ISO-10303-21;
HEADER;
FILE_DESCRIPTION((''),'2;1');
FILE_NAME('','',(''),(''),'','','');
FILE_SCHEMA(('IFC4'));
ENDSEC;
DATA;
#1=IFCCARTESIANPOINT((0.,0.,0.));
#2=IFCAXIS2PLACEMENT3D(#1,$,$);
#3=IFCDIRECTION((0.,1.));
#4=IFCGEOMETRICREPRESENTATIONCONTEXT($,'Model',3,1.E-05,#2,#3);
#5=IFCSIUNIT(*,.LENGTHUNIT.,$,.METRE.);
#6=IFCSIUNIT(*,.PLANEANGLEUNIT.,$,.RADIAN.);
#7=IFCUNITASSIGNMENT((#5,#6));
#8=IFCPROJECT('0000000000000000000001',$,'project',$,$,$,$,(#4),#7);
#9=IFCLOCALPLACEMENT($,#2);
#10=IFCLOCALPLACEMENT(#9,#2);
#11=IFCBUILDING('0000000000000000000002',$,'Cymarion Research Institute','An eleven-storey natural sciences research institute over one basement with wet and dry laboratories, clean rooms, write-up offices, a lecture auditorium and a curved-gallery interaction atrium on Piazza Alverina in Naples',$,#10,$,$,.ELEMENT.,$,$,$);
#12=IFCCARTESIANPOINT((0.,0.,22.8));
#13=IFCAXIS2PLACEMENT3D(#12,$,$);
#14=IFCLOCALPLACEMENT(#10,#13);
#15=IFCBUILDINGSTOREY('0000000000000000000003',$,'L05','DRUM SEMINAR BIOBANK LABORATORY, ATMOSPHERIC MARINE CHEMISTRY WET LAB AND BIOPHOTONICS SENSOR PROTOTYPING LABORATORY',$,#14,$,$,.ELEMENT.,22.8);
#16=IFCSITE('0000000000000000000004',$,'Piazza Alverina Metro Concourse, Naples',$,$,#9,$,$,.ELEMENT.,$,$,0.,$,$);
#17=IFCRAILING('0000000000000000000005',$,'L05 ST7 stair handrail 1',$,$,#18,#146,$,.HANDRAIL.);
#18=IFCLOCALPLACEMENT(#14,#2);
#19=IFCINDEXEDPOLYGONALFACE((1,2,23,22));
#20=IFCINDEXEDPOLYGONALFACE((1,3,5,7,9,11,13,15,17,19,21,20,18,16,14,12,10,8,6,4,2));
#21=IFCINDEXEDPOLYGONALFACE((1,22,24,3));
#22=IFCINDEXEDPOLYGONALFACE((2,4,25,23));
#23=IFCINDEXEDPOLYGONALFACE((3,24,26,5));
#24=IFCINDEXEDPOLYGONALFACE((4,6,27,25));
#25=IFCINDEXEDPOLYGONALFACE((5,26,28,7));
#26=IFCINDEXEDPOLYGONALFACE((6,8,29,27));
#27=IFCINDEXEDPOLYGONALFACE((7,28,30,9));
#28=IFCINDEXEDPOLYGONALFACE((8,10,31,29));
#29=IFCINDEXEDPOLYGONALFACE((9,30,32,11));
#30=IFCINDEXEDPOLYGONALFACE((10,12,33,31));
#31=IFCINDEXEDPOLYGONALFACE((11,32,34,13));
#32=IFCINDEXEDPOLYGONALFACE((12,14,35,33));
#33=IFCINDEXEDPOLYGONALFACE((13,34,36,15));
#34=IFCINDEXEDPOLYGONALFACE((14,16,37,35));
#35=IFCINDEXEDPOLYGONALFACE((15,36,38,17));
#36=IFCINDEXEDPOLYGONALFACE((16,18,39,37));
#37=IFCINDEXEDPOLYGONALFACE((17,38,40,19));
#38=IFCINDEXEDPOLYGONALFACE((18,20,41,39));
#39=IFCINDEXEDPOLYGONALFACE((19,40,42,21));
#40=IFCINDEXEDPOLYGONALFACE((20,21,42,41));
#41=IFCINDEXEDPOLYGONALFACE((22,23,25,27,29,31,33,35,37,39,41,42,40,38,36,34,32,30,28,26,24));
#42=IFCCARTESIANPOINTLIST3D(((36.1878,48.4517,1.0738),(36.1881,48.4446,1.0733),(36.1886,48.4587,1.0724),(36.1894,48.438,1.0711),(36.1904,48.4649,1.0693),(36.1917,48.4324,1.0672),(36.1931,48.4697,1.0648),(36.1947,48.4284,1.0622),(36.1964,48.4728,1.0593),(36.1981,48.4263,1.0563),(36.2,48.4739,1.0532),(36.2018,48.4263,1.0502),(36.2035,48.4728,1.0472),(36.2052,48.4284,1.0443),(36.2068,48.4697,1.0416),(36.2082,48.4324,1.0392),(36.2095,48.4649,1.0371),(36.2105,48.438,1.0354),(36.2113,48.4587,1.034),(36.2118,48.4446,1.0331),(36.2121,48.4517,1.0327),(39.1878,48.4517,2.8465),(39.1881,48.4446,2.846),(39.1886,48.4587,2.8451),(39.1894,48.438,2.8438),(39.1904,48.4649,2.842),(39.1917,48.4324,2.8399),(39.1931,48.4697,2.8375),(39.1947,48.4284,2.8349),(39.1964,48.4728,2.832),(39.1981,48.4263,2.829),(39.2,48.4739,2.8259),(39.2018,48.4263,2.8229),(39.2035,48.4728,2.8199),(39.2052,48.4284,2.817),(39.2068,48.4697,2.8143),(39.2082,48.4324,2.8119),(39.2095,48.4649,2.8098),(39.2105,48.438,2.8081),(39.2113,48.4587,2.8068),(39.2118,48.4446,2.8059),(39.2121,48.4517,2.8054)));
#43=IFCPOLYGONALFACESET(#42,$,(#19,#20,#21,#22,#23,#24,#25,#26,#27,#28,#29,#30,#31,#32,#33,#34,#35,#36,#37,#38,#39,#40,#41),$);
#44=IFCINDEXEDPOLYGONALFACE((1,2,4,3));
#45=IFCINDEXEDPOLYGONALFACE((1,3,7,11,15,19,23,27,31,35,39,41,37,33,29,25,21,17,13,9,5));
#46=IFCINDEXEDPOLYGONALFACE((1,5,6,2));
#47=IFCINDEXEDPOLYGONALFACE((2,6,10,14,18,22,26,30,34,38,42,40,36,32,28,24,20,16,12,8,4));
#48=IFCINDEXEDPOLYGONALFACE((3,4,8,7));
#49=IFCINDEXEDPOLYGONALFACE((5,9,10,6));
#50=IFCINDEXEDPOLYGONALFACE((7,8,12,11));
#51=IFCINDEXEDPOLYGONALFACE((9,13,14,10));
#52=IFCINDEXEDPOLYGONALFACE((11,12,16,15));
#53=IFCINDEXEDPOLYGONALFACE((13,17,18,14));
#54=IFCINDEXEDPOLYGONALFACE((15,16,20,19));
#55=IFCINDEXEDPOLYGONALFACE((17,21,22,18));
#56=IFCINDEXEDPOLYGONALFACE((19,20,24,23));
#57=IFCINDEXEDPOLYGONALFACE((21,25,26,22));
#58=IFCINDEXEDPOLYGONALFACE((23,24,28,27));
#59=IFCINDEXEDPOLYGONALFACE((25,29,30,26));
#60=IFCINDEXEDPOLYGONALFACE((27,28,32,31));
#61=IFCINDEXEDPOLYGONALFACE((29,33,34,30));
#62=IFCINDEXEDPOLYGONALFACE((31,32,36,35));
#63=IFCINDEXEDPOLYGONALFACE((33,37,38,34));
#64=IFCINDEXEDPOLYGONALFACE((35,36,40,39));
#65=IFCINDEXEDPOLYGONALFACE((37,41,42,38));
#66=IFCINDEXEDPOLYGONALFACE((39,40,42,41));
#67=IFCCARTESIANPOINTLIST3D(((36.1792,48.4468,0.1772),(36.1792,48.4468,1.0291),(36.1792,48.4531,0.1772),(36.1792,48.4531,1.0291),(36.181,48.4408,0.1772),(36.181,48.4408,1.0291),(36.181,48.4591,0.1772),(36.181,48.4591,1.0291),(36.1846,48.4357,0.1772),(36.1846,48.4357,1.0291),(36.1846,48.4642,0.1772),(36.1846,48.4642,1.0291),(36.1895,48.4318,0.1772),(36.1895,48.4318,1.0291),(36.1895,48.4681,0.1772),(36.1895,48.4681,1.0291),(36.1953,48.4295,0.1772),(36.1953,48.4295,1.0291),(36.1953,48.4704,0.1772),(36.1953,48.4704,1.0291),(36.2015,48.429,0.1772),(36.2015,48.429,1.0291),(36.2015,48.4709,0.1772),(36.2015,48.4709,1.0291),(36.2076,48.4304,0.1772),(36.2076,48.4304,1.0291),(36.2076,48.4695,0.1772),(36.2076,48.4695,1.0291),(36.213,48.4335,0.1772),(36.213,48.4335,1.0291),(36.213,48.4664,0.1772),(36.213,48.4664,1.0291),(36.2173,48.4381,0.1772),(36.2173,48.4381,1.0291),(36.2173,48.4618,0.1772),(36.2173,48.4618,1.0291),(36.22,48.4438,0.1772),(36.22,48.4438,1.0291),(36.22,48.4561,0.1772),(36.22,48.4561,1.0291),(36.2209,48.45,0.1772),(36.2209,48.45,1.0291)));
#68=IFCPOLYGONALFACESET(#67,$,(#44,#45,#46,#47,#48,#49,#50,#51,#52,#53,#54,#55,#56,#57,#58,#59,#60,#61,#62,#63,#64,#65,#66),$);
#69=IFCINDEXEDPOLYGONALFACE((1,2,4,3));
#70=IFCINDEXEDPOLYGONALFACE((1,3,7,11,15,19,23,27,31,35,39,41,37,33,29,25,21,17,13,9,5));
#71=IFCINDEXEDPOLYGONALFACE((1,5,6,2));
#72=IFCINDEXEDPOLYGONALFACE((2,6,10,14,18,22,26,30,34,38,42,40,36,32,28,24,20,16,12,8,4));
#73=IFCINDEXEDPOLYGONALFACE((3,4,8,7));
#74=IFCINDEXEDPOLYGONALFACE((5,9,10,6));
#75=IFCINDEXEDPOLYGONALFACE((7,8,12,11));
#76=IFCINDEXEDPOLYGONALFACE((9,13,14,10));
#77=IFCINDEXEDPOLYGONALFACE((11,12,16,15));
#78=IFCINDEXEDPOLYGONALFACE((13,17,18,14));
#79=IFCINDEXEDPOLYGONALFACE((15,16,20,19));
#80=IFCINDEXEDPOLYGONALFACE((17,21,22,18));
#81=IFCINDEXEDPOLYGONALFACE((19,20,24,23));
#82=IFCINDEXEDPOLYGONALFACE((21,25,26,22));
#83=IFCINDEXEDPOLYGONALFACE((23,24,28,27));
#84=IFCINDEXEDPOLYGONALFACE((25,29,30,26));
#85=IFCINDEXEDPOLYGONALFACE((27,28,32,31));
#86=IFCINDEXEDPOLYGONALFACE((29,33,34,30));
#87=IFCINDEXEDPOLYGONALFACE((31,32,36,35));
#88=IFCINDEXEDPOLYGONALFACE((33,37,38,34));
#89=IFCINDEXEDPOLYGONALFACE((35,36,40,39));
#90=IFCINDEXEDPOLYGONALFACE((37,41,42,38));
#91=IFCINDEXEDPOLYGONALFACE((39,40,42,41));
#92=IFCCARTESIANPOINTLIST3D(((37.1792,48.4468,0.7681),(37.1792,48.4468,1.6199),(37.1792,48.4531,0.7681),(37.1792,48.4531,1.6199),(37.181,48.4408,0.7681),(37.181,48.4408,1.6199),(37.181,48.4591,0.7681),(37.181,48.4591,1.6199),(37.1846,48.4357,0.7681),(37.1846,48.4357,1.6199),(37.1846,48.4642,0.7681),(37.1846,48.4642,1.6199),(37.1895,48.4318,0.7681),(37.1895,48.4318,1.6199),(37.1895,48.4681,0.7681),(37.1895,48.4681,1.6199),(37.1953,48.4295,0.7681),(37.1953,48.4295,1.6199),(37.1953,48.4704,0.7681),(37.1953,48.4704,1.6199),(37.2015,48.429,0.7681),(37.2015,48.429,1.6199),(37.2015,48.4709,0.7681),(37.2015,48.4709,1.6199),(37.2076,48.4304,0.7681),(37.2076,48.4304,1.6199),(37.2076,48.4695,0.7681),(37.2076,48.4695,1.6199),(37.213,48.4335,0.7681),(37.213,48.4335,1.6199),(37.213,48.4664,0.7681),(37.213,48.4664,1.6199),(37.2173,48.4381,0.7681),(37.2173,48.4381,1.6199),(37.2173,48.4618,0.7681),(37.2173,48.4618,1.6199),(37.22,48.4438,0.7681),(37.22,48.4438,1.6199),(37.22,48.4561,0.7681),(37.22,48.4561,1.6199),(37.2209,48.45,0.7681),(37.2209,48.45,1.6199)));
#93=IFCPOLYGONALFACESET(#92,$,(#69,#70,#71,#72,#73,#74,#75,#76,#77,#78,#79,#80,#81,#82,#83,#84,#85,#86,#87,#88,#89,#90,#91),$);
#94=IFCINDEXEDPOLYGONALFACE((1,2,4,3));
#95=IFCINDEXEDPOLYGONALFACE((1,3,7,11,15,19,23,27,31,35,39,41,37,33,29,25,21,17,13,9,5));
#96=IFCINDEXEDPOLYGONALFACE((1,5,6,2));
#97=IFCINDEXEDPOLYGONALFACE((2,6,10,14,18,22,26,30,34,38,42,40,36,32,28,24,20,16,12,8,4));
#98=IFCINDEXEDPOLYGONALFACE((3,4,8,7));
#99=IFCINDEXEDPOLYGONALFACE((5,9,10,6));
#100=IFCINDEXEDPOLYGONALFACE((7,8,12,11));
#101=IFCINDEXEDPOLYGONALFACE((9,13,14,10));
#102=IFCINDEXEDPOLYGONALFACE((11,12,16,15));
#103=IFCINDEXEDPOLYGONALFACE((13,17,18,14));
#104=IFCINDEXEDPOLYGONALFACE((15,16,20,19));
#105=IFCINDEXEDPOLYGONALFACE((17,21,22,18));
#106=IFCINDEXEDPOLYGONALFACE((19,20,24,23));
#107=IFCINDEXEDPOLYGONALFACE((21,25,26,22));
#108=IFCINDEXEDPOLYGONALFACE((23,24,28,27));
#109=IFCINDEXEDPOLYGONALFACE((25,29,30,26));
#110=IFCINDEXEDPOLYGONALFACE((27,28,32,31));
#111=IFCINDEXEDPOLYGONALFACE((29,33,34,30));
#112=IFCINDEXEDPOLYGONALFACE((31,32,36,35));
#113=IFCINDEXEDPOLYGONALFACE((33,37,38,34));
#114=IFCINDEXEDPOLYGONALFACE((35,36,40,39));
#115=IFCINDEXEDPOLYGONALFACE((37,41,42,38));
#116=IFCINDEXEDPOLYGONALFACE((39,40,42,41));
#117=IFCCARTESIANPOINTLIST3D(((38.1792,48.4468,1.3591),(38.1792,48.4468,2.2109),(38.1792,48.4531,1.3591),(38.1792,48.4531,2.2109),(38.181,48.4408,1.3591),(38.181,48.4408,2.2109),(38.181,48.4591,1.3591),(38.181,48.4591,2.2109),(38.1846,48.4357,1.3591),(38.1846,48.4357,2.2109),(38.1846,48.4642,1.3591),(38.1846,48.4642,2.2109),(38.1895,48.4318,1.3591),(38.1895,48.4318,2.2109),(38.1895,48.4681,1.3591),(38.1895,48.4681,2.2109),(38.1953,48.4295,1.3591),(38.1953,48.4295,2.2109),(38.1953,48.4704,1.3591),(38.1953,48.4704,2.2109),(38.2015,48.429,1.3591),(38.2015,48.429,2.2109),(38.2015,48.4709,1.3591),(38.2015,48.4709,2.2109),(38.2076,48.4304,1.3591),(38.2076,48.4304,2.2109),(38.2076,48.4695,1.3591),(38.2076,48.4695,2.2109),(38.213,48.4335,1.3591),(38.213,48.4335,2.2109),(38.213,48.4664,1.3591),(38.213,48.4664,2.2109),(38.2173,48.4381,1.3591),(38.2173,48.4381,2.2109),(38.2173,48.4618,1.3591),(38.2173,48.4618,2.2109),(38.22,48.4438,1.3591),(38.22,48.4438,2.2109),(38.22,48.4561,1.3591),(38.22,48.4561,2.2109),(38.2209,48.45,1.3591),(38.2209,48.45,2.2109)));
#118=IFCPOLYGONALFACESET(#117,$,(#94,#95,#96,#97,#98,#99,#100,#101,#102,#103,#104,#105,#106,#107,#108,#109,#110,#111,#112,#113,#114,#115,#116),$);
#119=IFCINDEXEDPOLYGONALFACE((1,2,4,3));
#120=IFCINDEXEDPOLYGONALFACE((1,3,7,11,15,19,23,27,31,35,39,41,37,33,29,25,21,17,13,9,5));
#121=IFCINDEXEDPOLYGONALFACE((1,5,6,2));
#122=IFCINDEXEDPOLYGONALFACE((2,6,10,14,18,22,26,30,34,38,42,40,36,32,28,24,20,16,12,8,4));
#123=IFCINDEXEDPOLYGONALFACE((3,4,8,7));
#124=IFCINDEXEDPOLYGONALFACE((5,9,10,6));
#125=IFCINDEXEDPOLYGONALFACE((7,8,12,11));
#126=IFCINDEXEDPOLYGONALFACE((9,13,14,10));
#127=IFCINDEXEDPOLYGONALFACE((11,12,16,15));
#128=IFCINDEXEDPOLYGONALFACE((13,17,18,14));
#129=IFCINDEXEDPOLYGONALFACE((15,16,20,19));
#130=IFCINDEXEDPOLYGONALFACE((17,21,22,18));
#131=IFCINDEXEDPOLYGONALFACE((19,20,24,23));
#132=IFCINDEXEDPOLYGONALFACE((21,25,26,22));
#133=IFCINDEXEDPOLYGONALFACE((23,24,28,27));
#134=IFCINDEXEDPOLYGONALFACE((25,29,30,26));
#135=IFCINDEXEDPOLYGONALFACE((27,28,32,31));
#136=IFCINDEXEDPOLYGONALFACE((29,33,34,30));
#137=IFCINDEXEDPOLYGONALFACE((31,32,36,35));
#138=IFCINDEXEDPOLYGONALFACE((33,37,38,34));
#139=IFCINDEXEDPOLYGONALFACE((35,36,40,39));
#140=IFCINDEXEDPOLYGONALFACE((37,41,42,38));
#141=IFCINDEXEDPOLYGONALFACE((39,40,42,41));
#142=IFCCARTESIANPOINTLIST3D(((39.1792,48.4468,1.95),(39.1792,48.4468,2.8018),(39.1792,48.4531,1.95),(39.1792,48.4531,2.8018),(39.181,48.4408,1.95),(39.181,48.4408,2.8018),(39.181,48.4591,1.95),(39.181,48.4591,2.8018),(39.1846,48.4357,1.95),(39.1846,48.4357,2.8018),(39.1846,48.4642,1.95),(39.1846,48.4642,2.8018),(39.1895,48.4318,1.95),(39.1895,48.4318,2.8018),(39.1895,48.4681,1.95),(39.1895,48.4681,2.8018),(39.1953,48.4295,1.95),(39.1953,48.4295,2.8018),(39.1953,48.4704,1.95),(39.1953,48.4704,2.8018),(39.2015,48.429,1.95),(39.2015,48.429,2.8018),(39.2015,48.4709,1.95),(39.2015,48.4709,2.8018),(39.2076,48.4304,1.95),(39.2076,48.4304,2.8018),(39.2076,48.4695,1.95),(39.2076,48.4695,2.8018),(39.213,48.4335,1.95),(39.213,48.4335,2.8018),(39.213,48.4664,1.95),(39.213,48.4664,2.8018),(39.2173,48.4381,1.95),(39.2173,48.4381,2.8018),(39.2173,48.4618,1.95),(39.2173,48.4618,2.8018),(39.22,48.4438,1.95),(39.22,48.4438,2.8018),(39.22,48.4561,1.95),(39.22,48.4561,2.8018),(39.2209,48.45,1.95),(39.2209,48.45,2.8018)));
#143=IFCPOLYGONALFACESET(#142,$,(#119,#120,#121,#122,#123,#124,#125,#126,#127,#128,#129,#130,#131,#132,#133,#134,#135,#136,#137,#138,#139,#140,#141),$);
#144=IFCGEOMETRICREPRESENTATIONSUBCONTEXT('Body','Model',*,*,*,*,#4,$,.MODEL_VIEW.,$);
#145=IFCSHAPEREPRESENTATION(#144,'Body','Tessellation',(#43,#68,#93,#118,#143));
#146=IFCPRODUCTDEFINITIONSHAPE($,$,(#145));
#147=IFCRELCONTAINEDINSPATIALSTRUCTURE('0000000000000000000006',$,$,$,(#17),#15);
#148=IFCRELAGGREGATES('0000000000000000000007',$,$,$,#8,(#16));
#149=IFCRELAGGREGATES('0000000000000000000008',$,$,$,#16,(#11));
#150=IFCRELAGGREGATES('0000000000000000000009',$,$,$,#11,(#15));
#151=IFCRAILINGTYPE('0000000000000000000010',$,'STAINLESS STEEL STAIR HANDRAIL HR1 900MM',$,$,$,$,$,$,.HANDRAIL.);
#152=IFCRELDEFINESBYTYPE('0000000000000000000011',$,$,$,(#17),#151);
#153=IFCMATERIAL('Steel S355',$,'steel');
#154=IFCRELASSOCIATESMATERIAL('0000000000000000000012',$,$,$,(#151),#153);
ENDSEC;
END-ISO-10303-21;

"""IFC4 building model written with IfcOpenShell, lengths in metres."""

from ifc_helpers import new_model, si_unit, direction, frame, origin, origin_2d, place, context, subcontext, project, spatial, circle, extrude, material, type_object, element, save


model = new_model("IFC4")

# Units and contexts
model_context = context("Model", 3, precision=1e-05, world=origin(), true_north=direction((0.0, 1.0)))
body_context = subcontext(model_context, "Body", "Model", "MODEL_VIEW")
ifc_project = project(units=[si_unit("LENGTHUNIT", "METRE"), si_unit("PLANEANGLEUNIT", "RADIAN")], contexts=[model_context])

# Site, building, storey
site_placement = place(None, origin())
site = spatial("IfcSite", under=ifc_project, at=site_placement, Name="Piazza Alverina Metro Concourse, Naples", CompositionType="ELEMENT", RefElevation=0.0)
building_placement = place(site_placement, origin())
building = spatial("IfcBuilding", under=site, at=building_placement, Name="Cymarion Research Institute", Description="An eleven-storey natural sciences research institute over one basement with wet and dry laboratories, clean rooms, write-up offices, a lecture auditorium and a curved-gallery interaction atrium on Piazza Alverina in Naples", CompositionType="ELEMENT")
storey_placement = place(building_placement, frame((0.0, 0.0, 22.8)))
storey = spatial("IfcBuildingStorey", under=building, at=storey_placement, Name="L05", Description="DRUM SEMINAR BIOBANK LABORATORY, ATMOSPHERIC MARINE CHEMISTRY WET LAB AND BIOPHOTONICS SENSOR PROTOTYPING LABORATORY", CompositionType="ELEMENT", Elevation=22.8)

# Shared definitions
ifc_material_1 = material(Name="Steel S355", Category="steel")

# Railing
railing_type_1 = type_object("IfcRailingType", Name="STAINLESS STEEL STAIR HANDRAIL HR1 900MM", PredefinedType="HANDRAIL", material=ifc_material_1)
railing_1_placement = place(storey_placement, frame((36.2, 48.45, 0.1772)))
element("IfcRailing", 1, at=railing_1_placement, inside=storey, type_object=railing_type_1, Name="L05 ST7 stair handrail 1", PredefinedType="HANDRAIL", context=body_context, shape_type="SweptSolid", body=[
    extrude(circle(Radius=0.0239, at=origin_2d()), frame((0.0, 0.0, 0.876), z_axis=(0.860929, 0.0, 0.508725), x_axis=(0.0, 1.0, 0.0)), (0.0, 0.0, 1.0), 3.4846),
    extrude(circle(Radius=0.021, at=origin_2d()), origin(), (0.0, 0.0, 1.0), 0.8518),
    extrude(circle(Radius=0.021, at=origin_2d()), frame((1.0, 0.0, 0.5908)), (0.0, 0.0, 1.0), 0.8518),
    extrude(circle(Radius=0.021, at=origin_2d()), frame((2.0, 0.0, 1.1819)), (0.0, 0.0, 1.0), 0.8518),
    extrude(circle(Radius=0.021, at=origin_2d()), frame((3.0, 0.0, 1.7727)), (0.0, 0.0, 1.0), 0.8518),
])

save(model, "model.ifc")
